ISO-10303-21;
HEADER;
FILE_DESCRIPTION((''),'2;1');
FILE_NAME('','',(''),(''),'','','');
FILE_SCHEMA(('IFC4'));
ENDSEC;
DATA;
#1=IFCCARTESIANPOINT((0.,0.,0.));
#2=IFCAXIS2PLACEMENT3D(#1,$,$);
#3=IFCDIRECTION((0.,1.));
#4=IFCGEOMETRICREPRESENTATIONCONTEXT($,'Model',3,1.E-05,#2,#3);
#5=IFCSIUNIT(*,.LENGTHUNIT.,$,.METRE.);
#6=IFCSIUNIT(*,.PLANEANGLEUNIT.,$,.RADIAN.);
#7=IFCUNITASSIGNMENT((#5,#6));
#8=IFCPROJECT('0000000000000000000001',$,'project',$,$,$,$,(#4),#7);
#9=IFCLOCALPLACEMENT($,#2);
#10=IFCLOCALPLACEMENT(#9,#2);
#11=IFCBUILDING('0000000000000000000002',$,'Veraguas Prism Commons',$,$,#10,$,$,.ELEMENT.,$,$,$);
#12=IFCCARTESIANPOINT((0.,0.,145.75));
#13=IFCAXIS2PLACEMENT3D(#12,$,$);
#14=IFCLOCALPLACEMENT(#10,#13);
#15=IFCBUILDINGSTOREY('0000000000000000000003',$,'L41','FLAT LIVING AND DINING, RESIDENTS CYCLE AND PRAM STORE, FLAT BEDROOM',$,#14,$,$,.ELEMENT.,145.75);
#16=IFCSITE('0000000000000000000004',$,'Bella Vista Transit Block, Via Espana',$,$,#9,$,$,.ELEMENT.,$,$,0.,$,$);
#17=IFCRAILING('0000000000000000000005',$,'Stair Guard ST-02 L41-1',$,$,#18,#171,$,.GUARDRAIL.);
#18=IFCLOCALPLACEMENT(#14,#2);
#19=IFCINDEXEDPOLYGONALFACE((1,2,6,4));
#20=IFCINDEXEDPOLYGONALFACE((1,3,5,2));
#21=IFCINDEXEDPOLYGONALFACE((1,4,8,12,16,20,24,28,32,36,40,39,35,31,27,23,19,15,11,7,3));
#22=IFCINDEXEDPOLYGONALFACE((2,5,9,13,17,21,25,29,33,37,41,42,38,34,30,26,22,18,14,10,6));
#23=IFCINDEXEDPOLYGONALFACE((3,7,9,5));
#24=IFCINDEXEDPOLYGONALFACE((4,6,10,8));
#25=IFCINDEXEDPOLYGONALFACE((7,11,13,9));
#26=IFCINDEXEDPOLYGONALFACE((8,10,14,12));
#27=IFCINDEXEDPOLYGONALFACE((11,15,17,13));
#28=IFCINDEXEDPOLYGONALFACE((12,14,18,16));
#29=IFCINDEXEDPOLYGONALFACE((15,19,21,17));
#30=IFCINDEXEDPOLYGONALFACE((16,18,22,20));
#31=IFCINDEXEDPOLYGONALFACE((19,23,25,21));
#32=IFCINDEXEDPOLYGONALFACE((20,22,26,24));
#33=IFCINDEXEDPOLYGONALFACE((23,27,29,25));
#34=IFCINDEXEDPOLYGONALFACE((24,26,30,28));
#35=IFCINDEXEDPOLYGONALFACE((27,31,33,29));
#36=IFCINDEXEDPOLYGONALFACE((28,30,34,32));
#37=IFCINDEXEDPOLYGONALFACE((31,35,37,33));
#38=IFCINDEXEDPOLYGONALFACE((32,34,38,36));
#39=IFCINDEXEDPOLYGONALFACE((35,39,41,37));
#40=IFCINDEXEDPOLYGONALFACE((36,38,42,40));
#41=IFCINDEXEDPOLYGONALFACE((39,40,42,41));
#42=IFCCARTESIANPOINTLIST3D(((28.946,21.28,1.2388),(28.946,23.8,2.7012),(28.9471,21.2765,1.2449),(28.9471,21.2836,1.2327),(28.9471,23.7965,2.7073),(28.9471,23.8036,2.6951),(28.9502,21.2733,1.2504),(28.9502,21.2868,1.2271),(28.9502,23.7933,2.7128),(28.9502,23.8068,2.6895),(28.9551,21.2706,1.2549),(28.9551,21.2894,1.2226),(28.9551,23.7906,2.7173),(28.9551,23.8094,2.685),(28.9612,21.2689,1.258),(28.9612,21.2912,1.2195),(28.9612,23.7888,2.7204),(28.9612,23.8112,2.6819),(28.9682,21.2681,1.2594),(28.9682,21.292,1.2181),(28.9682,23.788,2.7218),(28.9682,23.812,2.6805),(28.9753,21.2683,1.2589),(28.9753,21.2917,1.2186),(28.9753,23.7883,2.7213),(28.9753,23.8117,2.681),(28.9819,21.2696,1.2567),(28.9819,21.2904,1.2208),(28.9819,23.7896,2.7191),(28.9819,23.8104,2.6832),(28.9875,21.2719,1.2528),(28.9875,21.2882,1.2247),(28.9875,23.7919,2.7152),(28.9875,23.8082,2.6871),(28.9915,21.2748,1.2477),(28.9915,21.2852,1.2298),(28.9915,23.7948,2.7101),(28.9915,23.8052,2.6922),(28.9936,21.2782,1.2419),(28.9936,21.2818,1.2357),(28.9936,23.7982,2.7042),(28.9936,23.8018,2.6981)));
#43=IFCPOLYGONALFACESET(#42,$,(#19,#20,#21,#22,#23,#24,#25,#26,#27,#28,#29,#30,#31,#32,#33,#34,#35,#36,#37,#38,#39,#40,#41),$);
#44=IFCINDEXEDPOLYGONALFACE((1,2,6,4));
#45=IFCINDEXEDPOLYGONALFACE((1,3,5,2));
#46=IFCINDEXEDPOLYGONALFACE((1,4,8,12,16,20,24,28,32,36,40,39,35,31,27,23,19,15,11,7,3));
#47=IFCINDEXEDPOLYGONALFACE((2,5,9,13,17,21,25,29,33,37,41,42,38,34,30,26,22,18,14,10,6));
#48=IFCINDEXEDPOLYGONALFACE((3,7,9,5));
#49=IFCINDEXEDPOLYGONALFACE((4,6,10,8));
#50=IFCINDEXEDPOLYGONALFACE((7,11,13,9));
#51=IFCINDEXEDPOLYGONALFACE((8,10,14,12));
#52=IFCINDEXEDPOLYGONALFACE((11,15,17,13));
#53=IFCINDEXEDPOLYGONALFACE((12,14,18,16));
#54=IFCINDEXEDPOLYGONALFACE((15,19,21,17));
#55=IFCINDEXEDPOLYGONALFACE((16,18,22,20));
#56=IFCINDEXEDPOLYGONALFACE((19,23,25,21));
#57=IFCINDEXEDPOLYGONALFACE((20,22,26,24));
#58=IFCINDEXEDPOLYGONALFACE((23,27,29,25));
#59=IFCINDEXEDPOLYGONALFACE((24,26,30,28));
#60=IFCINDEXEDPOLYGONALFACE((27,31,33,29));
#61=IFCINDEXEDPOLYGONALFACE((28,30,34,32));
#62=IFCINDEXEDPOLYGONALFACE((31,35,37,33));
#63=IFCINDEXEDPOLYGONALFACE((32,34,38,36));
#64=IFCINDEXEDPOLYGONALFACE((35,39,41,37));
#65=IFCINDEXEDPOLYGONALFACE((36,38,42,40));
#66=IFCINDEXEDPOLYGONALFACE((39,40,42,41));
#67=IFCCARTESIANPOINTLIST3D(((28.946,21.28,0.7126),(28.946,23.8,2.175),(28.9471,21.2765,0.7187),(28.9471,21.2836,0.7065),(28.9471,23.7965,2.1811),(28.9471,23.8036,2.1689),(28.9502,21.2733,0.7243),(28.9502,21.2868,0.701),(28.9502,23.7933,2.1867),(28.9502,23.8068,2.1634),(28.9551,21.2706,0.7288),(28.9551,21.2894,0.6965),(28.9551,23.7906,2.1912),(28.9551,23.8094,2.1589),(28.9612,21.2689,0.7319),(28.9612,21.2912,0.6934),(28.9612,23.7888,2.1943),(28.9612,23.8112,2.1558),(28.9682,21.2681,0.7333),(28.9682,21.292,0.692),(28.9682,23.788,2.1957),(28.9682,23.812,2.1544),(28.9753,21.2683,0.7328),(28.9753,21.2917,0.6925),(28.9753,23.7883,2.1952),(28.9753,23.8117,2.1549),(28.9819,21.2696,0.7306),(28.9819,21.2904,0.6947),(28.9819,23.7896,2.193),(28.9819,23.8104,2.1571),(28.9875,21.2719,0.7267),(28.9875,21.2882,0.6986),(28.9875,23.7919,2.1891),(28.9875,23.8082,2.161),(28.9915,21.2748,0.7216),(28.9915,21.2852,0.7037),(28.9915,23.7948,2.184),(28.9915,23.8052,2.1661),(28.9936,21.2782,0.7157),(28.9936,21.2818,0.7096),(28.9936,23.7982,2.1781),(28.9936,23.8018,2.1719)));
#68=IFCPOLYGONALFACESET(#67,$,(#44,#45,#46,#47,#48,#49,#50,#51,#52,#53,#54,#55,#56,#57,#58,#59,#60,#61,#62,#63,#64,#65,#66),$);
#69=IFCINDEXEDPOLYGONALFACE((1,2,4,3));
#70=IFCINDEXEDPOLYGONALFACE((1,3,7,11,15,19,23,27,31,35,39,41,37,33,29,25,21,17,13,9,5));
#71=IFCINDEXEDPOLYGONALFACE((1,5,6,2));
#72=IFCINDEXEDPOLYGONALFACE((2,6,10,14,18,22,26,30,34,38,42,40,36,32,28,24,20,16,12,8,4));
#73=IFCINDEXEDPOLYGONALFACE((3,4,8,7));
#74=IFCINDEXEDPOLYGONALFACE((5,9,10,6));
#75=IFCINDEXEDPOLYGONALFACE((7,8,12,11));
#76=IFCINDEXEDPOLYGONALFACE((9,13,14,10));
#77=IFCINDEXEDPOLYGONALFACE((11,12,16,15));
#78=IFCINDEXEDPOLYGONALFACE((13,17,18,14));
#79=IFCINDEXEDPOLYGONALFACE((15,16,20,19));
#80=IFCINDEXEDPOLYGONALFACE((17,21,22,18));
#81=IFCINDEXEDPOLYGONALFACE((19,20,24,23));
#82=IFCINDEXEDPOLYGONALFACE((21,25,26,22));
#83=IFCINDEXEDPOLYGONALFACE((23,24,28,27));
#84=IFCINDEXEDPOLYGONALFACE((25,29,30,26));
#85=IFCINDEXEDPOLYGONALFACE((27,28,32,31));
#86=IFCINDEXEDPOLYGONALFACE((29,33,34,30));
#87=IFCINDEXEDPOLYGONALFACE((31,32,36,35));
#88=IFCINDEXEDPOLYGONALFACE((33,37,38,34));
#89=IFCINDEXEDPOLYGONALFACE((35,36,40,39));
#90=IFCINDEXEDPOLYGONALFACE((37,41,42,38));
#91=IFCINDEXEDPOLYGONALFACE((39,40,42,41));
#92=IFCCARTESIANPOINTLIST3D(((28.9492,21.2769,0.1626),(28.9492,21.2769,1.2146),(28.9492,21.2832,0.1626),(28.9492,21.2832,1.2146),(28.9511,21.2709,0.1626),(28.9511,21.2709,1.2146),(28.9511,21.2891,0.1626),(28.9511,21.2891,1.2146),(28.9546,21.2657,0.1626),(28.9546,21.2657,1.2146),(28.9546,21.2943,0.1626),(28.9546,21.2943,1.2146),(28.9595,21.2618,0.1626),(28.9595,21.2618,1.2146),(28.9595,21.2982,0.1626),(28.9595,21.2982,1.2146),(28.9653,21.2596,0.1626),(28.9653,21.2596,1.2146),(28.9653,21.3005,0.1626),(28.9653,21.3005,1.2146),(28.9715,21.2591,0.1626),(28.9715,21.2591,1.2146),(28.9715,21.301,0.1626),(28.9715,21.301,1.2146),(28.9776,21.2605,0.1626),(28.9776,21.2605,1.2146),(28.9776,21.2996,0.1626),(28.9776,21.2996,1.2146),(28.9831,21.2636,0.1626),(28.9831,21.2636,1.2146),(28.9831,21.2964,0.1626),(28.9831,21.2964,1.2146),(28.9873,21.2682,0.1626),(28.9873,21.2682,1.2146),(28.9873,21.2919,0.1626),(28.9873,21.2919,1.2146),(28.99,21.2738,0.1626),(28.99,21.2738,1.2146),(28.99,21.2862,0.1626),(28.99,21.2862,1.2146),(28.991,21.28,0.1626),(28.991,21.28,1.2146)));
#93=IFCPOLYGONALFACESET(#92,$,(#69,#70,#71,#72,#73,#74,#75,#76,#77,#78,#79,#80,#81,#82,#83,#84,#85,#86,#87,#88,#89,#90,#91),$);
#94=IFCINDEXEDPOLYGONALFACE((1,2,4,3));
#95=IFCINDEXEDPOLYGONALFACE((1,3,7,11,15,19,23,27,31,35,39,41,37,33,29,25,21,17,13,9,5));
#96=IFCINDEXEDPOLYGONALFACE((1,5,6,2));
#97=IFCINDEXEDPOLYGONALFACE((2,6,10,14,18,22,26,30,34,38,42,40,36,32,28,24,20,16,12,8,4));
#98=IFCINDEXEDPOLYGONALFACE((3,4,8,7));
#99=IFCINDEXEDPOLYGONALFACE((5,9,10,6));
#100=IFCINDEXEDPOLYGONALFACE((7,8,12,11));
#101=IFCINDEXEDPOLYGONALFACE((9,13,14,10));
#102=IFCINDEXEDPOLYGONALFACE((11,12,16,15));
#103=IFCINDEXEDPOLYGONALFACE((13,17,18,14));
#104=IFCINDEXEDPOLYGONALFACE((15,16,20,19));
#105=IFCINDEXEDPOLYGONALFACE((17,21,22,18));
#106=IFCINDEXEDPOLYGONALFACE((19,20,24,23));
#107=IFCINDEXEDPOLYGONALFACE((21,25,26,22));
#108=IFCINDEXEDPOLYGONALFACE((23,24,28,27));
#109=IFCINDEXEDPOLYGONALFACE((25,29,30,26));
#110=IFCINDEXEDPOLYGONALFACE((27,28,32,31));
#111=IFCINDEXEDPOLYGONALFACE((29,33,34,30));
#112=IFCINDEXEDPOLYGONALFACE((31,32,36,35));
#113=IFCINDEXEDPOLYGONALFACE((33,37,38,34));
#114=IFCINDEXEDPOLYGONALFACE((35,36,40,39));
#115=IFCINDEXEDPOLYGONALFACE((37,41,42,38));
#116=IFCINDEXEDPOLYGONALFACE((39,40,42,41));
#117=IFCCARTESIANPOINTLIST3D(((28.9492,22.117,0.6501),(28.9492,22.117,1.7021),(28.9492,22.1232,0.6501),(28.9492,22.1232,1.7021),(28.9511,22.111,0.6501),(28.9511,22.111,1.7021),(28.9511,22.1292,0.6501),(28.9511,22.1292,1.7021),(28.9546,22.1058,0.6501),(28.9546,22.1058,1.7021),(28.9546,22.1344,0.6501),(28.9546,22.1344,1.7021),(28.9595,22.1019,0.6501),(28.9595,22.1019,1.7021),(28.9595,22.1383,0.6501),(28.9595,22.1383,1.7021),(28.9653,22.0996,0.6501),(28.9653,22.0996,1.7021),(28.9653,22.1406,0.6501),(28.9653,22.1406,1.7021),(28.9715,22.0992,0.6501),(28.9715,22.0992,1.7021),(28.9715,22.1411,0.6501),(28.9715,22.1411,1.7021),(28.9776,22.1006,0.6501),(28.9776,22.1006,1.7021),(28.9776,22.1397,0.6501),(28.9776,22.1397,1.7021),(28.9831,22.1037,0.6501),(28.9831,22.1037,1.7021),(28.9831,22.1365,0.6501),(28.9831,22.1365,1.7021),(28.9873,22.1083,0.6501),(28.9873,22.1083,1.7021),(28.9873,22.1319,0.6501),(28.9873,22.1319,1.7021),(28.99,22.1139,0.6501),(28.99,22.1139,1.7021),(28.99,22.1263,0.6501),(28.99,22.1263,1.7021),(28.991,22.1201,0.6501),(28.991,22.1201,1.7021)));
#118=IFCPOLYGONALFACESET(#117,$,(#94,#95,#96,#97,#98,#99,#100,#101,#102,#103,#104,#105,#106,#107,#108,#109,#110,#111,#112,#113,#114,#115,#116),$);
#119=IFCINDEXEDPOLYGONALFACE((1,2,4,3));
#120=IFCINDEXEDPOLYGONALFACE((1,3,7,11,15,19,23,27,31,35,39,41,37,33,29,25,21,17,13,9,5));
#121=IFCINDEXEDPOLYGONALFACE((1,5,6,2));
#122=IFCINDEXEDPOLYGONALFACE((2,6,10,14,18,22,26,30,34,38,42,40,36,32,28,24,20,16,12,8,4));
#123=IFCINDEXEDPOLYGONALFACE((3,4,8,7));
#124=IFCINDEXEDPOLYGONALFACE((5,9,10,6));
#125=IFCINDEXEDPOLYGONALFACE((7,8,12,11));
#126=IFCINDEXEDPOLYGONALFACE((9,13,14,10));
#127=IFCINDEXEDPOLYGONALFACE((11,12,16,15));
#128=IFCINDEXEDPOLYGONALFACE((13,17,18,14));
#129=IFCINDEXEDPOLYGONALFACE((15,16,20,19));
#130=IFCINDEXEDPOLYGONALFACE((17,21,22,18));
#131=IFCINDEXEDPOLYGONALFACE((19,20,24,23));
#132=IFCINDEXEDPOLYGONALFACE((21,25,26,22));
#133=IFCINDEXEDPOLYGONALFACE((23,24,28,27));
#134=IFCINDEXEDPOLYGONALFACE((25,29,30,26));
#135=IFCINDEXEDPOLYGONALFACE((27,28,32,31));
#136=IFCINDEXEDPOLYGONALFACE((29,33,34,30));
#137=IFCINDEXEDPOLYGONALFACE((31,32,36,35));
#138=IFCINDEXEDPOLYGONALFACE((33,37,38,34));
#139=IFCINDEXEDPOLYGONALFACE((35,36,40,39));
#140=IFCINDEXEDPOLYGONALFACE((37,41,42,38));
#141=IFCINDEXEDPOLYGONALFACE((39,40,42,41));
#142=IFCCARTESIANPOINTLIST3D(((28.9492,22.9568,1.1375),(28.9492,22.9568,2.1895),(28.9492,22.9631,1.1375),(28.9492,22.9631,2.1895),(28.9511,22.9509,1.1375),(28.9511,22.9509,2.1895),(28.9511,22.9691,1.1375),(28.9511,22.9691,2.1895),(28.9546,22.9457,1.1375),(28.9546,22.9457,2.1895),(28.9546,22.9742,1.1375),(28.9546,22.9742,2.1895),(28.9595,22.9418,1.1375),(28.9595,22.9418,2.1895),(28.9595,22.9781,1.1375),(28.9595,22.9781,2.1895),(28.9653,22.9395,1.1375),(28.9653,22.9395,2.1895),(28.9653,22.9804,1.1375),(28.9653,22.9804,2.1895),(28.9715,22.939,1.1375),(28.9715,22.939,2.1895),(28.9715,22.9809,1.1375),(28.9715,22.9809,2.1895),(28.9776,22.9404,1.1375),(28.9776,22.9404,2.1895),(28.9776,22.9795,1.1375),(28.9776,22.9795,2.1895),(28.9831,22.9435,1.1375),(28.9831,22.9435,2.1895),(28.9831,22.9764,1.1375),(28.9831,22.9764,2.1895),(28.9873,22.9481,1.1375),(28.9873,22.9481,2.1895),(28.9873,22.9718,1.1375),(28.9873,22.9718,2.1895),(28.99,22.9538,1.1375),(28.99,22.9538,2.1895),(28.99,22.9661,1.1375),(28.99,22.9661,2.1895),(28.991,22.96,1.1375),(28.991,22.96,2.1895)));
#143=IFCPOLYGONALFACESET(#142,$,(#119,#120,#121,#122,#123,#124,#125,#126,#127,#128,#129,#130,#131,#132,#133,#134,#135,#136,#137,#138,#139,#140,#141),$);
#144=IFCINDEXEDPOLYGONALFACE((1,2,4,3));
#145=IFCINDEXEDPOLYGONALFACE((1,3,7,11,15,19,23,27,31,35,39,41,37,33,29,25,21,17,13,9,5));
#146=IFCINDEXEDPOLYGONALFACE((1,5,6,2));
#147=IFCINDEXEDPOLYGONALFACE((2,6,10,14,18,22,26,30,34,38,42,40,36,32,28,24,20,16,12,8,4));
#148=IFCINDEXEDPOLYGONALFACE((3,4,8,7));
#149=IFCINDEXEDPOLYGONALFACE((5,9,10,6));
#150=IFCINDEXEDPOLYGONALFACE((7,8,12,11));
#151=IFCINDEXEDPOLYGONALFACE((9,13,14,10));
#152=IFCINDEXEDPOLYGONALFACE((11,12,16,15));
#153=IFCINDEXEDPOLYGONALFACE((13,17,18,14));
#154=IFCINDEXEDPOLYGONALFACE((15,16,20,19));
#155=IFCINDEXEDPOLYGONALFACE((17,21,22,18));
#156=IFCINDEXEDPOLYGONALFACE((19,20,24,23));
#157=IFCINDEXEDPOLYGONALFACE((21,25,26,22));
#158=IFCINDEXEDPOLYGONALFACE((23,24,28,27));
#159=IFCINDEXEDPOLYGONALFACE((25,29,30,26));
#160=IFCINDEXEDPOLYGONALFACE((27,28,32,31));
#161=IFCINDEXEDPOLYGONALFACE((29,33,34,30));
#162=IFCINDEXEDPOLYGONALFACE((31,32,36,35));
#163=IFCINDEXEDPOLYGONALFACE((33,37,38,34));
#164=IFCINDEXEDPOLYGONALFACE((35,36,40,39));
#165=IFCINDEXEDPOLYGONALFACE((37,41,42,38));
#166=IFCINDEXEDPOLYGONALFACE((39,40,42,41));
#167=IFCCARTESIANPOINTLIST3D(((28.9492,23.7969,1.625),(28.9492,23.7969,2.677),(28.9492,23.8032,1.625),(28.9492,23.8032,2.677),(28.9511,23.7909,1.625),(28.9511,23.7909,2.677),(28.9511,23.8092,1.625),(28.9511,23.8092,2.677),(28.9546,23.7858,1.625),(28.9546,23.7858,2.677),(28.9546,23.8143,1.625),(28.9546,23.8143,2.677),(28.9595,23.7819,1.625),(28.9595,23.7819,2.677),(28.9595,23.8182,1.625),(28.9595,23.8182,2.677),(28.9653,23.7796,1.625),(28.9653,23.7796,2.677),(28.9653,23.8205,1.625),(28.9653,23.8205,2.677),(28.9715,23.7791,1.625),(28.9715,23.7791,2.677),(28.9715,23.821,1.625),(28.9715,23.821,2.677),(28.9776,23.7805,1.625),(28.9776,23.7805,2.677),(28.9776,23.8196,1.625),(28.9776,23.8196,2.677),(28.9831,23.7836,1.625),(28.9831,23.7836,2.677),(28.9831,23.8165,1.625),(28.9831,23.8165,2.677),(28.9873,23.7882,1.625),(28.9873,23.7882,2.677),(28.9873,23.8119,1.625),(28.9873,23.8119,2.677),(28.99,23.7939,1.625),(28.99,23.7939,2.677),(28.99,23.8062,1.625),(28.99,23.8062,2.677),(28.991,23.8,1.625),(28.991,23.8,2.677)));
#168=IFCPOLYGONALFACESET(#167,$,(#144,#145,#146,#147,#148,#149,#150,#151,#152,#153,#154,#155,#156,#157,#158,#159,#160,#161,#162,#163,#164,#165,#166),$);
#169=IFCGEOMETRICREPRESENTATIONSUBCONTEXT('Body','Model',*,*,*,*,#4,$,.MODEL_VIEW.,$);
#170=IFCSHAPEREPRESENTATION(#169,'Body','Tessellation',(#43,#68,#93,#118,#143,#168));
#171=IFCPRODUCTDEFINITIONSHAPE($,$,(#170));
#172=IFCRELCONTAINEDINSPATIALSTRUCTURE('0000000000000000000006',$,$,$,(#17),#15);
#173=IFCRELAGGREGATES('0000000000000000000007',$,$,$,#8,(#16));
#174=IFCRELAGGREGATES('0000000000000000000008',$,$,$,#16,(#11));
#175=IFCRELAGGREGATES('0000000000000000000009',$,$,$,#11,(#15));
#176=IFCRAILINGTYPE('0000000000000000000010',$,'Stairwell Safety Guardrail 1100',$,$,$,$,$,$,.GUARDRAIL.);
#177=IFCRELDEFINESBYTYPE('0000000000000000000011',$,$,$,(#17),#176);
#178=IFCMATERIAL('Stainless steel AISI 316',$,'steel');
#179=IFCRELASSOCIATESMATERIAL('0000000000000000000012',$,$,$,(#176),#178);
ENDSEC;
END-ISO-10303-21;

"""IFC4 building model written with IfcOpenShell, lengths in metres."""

from ifc_helpers import new_model, si_unit, direction, frame, origin, origin_2d, place, context, subcontext, project, spatial, circle, extrude, material, type_object, element, save


model = new_model("IFC4")

# Units and contexts
model_context = context("Model", 3, precision=1e-05, world=origin(), true_north=direction((0.0, 1.0)))
body_context = subcontext(model_context, "Body", "Model", "MODEL_VIEW")
ifc_project = project(units=[si_unit("LENGTHUNIT", "METRE"), si_unit("PLANEANGLEUNIT", "RADIAN")], contexts=[model_context])

# Site, building, storey
site_placement = place(None, origin())
site = spatial("IfcSite", under=ifc_project, at=site_placement, Name="Bella Vista Transit Block, Via Espana", CompositionType="ELEMENT", RefElevation=0.0)
building_placement = place(site_placement, origin())
building = spatial("IfcBuilding", under=site, at=building_placement, Name="Veraguas Prism Commons", CompositionType="ELEMENT")
storey_placement = place(building_placement, frame((0.0, 0.0, 145.75)))
storey = spatial("IfcBuildingStorey", under=building, at=storey_placement, Name="L41", Description="FLAT LIVING AND DINING, RESIDENTS CYCLE AND PRAM STORE, FLAT BEDROOM", CompositionType="ELEMENT", Elevation=145.75)

# Shared definitions
ifc_material_1 = material(Name="Stainless steel AISI 316", Category="steel")

# Railing
railing_type_1 = type_object("IfcRailingType", Name="Stairwell Safety Guardrail 1100", PredefinedType="GUARDRAIL", material=ifc_material_1)
railing_1_placement = place(storey_placement, frame((28.97, 21.28, 0.1626)))
element("IfcRailing", 1, at=railing_1_placement, inside=storey, type_object=railing_type_1, Name="Stair Guard ST-02 L41-1", PredefinedType="GUARDRAIL", context=body_context, shape_type="SweptSolid", body=[
    extrude(circle(Radius=0.0239, at=origin_2d()), frame((0.0, 0.0, 1.0762), z_axis=(0.0, 0.864913, 0.501921), x_axis=(-1.0, 0.0, 0.0)), (0.0, 0.0, 1.0), 2.9136),
    extrude(circle(Radius=0.0239, at=origin_2d()), frame((0.0, 0.0, 0.55), z_axis=(0.0, 0.864913, 0.501921), x_axis=(-1.0, 0.0, 0.0)), (0.0, 0.0, 1.0), 2.9136),
    extrude(circle(Radius=0.021, at=origin_2d()), origin(), (0.0, 0.0, 1.0), 1.052),
    extrude(circle(Radius=0.021, at=origin_2d()), frame((0.0, 0.8401, 0.4875)), (0.0, 0.0, 1.0), 1.052),
    extrude(circle(Radius=0.021, at=origin_2d()), frame((0.0, 1.6799, 0.9749)), (0.0, 0.0, 1.0), 1.052),
    extrude(circle(Radius=0.021, at=origin_2d()), frame((0.0, 2.52, 1.4624)), (0.0, 0.0, 1.0), 1.052),
])

save(model, "model.ifc")
